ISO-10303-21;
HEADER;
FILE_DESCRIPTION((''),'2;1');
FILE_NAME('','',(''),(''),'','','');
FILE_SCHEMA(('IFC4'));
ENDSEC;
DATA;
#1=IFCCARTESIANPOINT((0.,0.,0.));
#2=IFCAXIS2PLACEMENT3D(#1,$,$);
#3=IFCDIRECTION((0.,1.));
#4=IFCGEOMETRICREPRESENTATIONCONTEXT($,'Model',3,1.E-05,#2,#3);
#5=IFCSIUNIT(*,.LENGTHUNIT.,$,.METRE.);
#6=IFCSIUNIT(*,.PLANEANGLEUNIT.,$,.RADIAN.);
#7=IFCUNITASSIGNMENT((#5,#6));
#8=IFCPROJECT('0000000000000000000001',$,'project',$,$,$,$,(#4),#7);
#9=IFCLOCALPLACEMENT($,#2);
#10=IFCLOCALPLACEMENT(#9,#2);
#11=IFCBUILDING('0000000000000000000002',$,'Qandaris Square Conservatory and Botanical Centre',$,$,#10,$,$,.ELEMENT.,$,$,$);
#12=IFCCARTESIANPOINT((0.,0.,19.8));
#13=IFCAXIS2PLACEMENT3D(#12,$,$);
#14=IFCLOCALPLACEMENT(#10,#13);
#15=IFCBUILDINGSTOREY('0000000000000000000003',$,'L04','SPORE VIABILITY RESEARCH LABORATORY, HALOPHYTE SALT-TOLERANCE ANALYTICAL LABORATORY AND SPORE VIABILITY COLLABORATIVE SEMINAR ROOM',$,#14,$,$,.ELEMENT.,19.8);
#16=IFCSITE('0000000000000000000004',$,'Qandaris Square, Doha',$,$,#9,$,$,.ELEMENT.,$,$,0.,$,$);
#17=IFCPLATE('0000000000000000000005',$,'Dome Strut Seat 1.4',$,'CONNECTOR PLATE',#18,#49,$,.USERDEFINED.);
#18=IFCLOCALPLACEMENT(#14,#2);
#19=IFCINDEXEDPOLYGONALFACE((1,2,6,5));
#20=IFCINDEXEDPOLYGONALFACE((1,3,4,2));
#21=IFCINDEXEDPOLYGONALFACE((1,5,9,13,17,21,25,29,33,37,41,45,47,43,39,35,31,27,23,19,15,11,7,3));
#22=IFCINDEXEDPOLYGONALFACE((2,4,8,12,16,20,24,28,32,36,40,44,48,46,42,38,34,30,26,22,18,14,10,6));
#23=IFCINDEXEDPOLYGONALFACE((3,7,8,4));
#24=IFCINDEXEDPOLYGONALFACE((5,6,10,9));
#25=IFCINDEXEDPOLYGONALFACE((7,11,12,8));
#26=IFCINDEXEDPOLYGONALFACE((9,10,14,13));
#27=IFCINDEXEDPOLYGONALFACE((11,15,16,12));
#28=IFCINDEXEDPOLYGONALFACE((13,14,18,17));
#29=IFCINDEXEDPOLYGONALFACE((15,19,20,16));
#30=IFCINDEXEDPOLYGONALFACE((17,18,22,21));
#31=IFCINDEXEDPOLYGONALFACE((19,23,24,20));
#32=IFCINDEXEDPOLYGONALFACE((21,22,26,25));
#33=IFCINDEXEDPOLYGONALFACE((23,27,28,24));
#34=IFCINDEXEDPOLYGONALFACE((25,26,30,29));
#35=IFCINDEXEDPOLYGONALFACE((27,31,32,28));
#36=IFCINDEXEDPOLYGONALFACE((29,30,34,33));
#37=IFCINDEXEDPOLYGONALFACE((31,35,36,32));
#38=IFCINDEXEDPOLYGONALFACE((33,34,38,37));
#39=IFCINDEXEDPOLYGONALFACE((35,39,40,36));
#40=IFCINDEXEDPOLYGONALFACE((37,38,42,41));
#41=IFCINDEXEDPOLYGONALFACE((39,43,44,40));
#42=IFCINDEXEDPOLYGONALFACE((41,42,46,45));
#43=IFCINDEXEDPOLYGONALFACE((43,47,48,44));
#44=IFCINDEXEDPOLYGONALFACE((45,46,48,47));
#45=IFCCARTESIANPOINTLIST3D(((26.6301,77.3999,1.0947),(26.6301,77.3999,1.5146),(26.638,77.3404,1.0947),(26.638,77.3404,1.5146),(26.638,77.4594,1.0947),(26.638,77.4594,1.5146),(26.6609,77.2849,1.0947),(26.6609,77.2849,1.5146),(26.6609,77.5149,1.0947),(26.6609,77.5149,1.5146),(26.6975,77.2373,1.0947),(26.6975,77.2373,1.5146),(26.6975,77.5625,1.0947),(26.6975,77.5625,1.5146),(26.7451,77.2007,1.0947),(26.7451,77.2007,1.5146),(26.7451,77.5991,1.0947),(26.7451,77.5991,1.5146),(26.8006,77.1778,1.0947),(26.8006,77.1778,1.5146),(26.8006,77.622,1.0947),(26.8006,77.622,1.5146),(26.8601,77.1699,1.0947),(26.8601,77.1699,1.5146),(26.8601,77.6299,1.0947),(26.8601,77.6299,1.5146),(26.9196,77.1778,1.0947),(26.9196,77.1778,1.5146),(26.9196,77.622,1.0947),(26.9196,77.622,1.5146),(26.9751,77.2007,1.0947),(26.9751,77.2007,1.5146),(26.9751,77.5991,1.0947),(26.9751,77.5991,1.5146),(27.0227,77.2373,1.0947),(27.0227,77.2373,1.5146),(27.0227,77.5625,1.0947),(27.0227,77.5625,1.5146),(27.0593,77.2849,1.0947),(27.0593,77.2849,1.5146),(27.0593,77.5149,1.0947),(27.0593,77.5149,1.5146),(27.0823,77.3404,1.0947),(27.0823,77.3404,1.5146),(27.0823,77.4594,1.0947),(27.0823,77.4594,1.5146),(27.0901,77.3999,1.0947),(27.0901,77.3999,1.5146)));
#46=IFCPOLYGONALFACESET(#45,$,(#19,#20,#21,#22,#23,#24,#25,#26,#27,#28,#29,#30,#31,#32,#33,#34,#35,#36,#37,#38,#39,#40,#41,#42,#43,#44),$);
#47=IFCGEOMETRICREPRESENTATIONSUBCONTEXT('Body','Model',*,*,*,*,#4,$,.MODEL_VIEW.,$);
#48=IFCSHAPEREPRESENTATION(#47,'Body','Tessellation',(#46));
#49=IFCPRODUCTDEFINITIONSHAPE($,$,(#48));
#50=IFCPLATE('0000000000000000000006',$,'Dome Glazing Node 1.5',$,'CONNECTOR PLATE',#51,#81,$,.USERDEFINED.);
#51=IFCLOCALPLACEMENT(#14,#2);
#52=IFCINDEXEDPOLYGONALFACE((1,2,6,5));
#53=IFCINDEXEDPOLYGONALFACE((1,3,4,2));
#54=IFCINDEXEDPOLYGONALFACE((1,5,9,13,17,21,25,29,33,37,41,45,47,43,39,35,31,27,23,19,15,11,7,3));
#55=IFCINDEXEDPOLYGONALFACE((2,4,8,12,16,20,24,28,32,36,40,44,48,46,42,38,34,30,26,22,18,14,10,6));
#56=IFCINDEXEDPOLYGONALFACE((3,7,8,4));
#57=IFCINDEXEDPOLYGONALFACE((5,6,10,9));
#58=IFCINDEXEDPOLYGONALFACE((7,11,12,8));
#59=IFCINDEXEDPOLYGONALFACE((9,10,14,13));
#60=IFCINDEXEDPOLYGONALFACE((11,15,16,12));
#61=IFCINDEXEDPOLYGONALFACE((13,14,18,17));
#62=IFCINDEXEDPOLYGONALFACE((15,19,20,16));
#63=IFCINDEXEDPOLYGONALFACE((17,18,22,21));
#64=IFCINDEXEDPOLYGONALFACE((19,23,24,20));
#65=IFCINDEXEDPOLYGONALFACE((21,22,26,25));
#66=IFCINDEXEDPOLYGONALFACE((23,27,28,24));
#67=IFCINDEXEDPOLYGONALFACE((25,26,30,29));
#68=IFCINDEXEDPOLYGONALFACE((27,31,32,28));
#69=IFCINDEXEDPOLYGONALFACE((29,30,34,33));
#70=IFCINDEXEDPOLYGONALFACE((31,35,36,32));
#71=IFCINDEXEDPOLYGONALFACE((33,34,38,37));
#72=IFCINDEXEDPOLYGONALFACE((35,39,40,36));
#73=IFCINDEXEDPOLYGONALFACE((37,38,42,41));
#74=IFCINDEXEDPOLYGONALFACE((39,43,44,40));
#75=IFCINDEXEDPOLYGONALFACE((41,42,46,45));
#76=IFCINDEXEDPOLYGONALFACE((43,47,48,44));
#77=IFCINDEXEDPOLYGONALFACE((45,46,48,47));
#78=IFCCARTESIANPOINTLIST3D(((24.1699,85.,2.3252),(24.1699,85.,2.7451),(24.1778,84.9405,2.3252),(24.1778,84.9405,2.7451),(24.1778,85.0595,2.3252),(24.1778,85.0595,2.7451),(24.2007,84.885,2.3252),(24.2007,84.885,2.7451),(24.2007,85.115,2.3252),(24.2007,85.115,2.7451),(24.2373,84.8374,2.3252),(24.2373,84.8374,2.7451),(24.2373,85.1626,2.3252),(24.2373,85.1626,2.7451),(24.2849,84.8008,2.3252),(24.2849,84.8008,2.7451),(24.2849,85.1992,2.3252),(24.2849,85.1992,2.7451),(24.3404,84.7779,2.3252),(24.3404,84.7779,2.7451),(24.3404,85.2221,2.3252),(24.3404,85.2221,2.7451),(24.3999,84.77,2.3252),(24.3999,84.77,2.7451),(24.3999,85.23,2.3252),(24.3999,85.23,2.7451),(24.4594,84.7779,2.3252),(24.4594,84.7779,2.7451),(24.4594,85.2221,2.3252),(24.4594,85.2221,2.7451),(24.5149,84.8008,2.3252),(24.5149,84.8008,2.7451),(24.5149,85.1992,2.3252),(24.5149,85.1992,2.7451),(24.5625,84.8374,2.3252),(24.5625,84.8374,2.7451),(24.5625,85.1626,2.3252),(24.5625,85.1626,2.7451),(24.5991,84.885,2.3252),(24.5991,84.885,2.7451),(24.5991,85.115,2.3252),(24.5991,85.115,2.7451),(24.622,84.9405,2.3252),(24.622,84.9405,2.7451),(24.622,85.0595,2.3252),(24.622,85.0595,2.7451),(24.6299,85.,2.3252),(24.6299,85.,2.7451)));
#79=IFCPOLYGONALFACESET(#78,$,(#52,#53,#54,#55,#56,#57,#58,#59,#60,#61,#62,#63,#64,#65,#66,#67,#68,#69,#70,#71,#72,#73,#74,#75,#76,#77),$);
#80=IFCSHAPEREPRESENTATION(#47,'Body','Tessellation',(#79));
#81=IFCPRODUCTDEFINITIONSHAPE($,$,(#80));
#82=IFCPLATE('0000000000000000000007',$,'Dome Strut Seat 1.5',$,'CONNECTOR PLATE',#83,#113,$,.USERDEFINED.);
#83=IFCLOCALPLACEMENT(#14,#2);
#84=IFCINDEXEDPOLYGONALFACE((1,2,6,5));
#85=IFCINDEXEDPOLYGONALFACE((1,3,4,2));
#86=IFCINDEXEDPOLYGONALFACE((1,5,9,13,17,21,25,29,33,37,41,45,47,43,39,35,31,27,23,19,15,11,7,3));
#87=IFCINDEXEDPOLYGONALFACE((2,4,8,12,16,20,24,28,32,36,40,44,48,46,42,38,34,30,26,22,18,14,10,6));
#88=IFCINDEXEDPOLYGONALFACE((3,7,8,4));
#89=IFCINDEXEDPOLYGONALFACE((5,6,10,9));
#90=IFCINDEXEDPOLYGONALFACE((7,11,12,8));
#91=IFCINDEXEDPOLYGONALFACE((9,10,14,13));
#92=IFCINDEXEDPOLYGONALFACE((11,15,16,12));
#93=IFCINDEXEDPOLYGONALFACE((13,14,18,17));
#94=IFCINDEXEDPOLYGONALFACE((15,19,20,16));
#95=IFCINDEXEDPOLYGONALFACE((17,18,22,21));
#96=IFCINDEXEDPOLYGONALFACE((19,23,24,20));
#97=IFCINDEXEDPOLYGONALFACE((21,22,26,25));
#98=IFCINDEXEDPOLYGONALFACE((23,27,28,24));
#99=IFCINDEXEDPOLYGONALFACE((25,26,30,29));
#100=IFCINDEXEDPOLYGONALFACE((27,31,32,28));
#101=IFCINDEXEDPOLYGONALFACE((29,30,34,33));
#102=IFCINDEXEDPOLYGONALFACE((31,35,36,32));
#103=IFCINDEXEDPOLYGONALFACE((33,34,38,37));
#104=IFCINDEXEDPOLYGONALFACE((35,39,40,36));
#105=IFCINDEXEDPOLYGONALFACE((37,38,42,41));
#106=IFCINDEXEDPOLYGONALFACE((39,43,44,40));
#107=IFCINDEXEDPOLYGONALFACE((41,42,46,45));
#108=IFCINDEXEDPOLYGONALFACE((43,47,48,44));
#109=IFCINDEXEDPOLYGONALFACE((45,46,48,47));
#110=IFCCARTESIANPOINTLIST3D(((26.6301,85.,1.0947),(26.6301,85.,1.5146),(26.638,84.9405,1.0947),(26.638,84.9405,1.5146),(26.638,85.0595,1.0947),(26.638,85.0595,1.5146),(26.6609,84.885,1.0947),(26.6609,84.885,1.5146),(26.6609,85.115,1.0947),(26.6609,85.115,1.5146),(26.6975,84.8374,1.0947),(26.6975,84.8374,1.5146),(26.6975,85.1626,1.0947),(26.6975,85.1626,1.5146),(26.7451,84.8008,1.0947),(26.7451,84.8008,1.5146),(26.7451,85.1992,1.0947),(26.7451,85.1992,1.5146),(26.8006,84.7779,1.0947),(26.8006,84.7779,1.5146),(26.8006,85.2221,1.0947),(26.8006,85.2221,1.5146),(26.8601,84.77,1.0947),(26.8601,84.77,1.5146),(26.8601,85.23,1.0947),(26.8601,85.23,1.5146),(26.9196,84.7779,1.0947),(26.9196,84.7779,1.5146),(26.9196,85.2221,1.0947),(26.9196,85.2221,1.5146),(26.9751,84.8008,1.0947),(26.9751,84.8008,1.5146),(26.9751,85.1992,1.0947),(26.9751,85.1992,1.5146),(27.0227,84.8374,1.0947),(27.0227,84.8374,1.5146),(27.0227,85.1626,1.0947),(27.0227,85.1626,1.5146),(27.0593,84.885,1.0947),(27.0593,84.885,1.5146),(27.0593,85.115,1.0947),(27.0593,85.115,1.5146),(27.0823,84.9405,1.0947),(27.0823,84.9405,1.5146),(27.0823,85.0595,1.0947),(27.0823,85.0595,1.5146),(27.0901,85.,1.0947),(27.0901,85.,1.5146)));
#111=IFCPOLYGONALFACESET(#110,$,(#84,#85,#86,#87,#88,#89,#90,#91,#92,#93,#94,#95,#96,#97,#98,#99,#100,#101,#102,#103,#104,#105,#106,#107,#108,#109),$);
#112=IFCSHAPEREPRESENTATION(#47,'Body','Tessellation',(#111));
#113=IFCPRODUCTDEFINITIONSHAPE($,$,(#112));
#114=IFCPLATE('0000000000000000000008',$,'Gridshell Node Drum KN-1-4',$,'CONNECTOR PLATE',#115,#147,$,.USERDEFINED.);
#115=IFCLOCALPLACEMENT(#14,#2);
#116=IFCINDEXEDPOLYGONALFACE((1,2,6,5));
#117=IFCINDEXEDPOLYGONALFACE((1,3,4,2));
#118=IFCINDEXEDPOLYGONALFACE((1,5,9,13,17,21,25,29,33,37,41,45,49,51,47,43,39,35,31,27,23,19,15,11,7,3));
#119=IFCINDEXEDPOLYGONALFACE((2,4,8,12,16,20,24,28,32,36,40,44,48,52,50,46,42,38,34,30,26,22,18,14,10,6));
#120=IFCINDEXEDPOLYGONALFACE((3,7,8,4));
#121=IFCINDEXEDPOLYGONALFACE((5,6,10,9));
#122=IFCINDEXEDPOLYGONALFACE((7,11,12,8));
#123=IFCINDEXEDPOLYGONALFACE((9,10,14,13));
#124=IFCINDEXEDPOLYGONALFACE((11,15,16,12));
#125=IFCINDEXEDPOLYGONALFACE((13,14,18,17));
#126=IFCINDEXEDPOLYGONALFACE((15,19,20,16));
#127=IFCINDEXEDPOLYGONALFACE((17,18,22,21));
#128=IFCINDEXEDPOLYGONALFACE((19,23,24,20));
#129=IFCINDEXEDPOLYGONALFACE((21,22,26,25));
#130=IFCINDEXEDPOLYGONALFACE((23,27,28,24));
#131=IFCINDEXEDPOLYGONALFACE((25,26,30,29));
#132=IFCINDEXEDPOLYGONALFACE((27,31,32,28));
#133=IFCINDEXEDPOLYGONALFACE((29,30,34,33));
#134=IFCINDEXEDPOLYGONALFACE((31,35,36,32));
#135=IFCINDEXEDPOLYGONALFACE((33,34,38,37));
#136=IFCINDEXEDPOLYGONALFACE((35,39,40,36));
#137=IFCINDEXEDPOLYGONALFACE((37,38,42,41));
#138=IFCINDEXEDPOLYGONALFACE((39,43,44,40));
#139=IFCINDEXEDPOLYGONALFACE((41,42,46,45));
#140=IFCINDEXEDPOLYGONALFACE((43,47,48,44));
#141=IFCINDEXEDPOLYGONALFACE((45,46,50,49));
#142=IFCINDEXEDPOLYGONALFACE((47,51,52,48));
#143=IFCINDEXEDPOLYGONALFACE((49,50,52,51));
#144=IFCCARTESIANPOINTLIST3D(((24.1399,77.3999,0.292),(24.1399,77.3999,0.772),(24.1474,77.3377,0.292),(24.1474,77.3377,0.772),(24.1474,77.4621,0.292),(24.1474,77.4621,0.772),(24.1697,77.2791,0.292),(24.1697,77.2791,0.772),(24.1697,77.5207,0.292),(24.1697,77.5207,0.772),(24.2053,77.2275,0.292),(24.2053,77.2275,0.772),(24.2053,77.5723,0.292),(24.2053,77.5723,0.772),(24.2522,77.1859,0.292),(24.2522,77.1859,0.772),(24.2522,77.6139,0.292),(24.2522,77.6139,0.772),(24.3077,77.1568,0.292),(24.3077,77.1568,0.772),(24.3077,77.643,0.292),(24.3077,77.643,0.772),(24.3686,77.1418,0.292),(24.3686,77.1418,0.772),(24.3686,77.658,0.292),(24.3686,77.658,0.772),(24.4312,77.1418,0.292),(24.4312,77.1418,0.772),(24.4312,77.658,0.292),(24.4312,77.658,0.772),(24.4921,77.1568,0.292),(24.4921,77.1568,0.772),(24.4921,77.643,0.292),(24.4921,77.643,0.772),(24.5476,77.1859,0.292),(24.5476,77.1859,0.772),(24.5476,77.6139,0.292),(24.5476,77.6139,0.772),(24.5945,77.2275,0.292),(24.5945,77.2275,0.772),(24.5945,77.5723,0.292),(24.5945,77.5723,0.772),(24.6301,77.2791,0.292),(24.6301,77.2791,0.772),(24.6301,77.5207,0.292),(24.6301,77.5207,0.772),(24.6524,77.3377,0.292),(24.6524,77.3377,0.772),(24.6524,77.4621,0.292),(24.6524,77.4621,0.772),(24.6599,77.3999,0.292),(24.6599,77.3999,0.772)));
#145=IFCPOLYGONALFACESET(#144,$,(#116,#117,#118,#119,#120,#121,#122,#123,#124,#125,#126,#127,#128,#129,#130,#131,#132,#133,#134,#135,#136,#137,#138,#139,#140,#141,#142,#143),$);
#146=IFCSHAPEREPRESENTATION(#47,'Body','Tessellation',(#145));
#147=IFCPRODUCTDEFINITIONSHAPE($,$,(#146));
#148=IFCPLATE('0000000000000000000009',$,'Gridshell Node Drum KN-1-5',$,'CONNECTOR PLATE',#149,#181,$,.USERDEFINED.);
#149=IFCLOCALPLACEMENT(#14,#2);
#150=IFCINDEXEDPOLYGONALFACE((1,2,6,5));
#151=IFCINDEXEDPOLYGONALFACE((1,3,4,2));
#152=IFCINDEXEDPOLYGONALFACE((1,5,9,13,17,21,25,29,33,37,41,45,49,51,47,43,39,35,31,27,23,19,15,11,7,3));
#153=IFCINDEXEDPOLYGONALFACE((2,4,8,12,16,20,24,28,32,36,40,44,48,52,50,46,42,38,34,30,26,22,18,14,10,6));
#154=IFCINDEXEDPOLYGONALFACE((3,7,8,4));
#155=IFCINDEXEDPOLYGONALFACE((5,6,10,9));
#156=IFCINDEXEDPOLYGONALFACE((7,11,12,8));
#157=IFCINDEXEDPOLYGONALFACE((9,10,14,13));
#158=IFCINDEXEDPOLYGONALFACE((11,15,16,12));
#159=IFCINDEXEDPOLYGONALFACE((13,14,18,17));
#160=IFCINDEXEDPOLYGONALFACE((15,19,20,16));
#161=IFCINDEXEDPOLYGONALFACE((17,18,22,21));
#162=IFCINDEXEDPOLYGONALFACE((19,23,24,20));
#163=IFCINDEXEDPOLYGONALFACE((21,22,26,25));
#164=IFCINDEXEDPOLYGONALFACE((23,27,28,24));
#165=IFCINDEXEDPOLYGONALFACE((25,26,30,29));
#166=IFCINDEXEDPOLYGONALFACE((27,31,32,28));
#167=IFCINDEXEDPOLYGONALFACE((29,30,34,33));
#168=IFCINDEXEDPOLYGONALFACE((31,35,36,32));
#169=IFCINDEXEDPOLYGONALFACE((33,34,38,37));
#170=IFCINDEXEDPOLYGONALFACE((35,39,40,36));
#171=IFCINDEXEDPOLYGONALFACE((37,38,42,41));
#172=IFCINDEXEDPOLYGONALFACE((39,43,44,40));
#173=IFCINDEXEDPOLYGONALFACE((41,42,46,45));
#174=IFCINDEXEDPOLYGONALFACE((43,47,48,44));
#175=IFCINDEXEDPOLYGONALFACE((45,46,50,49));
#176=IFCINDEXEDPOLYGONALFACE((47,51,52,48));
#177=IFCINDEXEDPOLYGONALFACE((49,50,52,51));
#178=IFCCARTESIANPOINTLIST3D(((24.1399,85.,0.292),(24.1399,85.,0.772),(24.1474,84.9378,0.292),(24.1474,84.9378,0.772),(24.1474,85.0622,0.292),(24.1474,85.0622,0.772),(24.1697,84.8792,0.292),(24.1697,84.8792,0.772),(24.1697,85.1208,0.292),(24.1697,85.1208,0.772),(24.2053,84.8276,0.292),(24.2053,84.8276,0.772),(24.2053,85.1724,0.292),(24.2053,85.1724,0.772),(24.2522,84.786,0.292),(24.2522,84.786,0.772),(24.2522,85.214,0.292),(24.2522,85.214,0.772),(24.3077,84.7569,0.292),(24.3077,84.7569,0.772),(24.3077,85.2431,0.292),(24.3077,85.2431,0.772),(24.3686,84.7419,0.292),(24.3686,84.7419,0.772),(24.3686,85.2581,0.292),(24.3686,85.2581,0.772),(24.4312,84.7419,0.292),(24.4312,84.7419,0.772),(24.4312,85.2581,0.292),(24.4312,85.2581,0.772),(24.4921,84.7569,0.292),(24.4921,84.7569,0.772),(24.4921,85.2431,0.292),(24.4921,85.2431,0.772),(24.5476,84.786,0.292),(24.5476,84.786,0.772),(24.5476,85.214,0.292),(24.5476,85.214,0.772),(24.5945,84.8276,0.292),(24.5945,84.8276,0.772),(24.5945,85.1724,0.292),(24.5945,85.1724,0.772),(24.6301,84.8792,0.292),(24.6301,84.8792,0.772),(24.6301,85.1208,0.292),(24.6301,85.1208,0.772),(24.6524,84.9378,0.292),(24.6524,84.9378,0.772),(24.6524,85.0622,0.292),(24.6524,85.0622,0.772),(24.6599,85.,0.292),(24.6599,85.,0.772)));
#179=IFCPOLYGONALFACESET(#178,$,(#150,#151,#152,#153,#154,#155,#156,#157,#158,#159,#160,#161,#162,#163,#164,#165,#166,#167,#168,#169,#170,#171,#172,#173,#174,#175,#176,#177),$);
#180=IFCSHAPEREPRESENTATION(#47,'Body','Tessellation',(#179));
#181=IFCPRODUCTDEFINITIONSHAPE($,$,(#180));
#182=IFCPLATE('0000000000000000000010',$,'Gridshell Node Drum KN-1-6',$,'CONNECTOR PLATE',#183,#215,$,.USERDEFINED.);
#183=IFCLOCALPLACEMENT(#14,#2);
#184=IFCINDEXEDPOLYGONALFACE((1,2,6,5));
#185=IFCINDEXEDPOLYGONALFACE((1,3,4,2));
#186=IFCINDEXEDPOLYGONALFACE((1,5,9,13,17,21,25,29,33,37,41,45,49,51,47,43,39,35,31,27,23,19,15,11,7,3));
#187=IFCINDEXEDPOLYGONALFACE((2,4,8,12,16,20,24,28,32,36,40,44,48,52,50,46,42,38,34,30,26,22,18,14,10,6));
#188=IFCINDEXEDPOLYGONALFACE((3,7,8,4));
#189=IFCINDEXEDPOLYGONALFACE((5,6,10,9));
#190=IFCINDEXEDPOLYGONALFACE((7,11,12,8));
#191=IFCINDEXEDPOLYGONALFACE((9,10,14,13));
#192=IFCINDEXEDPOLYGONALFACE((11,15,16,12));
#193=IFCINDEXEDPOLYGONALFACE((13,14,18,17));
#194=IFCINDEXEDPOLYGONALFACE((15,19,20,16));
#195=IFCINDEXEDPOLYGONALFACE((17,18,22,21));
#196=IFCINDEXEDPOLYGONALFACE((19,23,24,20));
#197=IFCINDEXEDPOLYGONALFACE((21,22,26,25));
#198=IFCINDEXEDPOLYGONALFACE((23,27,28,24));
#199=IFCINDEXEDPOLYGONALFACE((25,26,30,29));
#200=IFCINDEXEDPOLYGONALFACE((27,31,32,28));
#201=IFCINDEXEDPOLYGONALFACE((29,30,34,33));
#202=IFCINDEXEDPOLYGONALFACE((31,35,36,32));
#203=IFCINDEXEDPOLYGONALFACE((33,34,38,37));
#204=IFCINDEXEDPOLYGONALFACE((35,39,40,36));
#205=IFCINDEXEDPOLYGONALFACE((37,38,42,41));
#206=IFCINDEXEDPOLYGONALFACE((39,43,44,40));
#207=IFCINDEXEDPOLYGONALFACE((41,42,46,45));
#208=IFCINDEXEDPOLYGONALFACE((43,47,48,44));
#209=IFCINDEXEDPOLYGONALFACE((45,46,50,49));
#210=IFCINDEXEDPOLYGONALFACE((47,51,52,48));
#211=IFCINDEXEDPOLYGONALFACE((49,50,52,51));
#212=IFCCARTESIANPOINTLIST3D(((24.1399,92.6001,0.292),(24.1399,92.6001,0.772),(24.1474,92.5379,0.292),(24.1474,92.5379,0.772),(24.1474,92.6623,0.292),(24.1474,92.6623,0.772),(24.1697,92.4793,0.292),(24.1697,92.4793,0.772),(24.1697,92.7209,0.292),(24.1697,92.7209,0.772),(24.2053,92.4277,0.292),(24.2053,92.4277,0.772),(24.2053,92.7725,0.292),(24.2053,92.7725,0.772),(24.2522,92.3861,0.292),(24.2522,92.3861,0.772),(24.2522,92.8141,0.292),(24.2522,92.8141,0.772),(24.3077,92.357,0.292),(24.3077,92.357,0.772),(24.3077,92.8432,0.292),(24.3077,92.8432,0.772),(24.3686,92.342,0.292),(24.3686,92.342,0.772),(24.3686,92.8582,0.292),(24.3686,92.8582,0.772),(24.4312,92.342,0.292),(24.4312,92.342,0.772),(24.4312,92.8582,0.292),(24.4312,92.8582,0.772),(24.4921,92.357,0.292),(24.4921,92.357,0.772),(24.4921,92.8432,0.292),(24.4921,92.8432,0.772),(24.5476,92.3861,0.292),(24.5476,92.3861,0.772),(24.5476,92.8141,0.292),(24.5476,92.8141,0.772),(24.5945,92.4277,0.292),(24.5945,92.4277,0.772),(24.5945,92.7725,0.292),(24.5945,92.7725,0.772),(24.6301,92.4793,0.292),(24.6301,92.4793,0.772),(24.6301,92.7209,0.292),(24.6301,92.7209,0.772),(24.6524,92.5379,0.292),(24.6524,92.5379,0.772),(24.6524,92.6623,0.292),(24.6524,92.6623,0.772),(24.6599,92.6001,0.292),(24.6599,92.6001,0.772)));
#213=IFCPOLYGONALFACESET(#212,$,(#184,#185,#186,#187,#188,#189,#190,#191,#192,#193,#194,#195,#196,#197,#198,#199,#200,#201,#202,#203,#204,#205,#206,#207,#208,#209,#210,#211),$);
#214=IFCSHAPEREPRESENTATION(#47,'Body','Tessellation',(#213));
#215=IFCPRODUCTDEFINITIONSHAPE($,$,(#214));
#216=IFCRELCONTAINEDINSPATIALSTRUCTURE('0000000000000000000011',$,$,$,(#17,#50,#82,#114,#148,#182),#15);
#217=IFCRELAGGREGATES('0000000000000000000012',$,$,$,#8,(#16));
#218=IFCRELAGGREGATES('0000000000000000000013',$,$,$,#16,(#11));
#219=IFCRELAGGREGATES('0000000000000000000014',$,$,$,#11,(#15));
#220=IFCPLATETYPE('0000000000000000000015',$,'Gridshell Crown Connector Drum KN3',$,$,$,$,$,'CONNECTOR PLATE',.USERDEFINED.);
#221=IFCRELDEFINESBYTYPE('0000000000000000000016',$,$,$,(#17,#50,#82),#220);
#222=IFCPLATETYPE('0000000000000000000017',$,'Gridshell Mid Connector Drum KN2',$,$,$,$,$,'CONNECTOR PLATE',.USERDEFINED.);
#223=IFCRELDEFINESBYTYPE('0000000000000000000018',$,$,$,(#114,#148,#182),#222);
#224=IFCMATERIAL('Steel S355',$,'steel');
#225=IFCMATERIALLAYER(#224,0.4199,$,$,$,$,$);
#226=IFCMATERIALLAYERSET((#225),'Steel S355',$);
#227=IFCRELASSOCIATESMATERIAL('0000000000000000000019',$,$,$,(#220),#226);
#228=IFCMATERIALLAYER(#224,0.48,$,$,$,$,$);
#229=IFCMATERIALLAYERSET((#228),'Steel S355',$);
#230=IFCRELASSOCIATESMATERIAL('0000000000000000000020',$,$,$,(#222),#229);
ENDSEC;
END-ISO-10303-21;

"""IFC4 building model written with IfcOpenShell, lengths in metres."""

from ifc_helpers import new_model, si_unit, direction, frame, origin, origin_2d, place, context, subcontext, project, spatial, circle, extrude, material, layer, layer_set, type_object, element, save


model = new_model("IFC4")

# Units and contexts
model_context = context("Model", 3, precision=1e-05, world=origin(), true_north=direction((0.0, 1.0)))
body_context = subcontext(model_context, "Body", "Model", "MODEL_VIEW")
ifc_project = project(units=[si_unit("LENGTHUNIT", "METRE"), si_unit("PLANEANGLEUNIT", "RADIAN")], contexts=[model_context])

# Site, building, storey
site_placement = place(None, origin())
site = spatial("IfcSite", under=ifc_project, at=site_placement, Name="Qandaris Square, Doha", CompositionType="ELEMENT", RefElevation=0.0)
building_placement = place(site_placement, origin())
building = spatial("IfcBuilding", under=site, at=building_placement, Name="Qandaris Square Conservatory and Botanical Centre", CompositionType="ELEMENT")
storey_placement = place(building_placement, frame((0.0, 0.0, 19.8)))
storey = spatial("IfcBuildingStorey", under=building, at=storey_placement, Name="L04", Description="SPORE VIABILITY RESEARCH LABORATORY, HALOPHYTE SALT-TOLERANCE ANALYTICAL LABORATORY AND SPORE VIABILITY COLLABORATIVE SEMINAR ROOM", CompositionType="ELEMENT", Elevation=19.8)

# Shared definitions
ifc_material = material(Name="Steel S355", Category="steel")

# Plates
ifc_layer_1 = layer(ifc_material, 0.4199)
ifc_layer_set_1 = layer_set([ifc_layer_1], Name="Steel S355")
plate_type_1 = type_object("IfcPlateType", Name="Gridshell Crown Connector Drum KN3", ElementType="CONNECTOR PLATE", PredefinedType="USERDEFINED", material=ifc_layer_set_1)
for number, where, z_axis, x_axis, name in (
    (1, (26.8601, 77.3999, 1.0947), (0.0, 0.0, 1.0), (1.0, 0.0, 0.0), "Dome Strut Seat 1.4"),
    (2, (24.3999, 85.0, 2.3252), (0.0, 0.0, 1.0), (1.0, 0.0, 0.0), "Dome Glazing Node 1.5"),
    (3, (26.8601, 85.0, 1.0947), (0.0, 0.0, 1.0), (1.0, 0.0, 0.0), "Dome Strut Seat 1.5"),
):
    element("IfcPlate", number, at=place(storey_placement, frame(where, z_axis=z_axis, x_axis=x_axis)), inside=storey, type_object=plate_type_1, Name=name, ObjectType="CONNECTOR PLATE", PredefinedType="USERDEFINED", context=body_context, shape_type="SweptSolid", body=[
        extrude(circle(Radius=0.23, at=origin_2d()), origin(), (0.0, 0.0, 1.0), 0.4199),
    ])
ifc_layer_2 = layer(ifc_material, 0.48)
ifc_layer_set_2 = layer_set([ifc_layer_2], Name="Steel S355")
plate_type_2 = type_object("IfcPlateType", Name="Gridshell Mid Connector Drum KN2", ElementType="CONNECTOR PLATE", PredefinedType="USERDEFINED", material=ifc_layer_set_2)
for number, where, z_axis, x_axis, name in (
    (4, (24.3999, 77.3999, 0.292), (0.0, 0.0, 1.0), (1.0, 0.0, 0.0), "Gridshell Node Drum KN-1-4"),
    (5, (24.3999, 85.0, 0.292), (0.0, 0.0, 1.0), (1.0, 0.0, 0.0), "Gridshell Node Drum KN-1-5"),
    (6, (24.3999, 92.6001, 0.292), (0.0, 0.0, 1.0), (1.0, 0.0, 0.0), "Gridshell Node Drum KN-1-6"),
):
    element("IfcPlate", number, at=place(storey_placement, frame(where, z_axis=z_axis, x_axis=x_axis)), inside=storey, type_object=plate_type_2, Name=name, ObjectType="CONNECTOR PLATE", PredefinedType="USERDEFINED", context=body_context, shape_type="SweptSolid", body=[
        extrude(circle(Radius=0.26, at=origin_2d()), origin(), (0.0, 0.0, 1.0), 0.48),
    ])

save(model, "model.ifc")
